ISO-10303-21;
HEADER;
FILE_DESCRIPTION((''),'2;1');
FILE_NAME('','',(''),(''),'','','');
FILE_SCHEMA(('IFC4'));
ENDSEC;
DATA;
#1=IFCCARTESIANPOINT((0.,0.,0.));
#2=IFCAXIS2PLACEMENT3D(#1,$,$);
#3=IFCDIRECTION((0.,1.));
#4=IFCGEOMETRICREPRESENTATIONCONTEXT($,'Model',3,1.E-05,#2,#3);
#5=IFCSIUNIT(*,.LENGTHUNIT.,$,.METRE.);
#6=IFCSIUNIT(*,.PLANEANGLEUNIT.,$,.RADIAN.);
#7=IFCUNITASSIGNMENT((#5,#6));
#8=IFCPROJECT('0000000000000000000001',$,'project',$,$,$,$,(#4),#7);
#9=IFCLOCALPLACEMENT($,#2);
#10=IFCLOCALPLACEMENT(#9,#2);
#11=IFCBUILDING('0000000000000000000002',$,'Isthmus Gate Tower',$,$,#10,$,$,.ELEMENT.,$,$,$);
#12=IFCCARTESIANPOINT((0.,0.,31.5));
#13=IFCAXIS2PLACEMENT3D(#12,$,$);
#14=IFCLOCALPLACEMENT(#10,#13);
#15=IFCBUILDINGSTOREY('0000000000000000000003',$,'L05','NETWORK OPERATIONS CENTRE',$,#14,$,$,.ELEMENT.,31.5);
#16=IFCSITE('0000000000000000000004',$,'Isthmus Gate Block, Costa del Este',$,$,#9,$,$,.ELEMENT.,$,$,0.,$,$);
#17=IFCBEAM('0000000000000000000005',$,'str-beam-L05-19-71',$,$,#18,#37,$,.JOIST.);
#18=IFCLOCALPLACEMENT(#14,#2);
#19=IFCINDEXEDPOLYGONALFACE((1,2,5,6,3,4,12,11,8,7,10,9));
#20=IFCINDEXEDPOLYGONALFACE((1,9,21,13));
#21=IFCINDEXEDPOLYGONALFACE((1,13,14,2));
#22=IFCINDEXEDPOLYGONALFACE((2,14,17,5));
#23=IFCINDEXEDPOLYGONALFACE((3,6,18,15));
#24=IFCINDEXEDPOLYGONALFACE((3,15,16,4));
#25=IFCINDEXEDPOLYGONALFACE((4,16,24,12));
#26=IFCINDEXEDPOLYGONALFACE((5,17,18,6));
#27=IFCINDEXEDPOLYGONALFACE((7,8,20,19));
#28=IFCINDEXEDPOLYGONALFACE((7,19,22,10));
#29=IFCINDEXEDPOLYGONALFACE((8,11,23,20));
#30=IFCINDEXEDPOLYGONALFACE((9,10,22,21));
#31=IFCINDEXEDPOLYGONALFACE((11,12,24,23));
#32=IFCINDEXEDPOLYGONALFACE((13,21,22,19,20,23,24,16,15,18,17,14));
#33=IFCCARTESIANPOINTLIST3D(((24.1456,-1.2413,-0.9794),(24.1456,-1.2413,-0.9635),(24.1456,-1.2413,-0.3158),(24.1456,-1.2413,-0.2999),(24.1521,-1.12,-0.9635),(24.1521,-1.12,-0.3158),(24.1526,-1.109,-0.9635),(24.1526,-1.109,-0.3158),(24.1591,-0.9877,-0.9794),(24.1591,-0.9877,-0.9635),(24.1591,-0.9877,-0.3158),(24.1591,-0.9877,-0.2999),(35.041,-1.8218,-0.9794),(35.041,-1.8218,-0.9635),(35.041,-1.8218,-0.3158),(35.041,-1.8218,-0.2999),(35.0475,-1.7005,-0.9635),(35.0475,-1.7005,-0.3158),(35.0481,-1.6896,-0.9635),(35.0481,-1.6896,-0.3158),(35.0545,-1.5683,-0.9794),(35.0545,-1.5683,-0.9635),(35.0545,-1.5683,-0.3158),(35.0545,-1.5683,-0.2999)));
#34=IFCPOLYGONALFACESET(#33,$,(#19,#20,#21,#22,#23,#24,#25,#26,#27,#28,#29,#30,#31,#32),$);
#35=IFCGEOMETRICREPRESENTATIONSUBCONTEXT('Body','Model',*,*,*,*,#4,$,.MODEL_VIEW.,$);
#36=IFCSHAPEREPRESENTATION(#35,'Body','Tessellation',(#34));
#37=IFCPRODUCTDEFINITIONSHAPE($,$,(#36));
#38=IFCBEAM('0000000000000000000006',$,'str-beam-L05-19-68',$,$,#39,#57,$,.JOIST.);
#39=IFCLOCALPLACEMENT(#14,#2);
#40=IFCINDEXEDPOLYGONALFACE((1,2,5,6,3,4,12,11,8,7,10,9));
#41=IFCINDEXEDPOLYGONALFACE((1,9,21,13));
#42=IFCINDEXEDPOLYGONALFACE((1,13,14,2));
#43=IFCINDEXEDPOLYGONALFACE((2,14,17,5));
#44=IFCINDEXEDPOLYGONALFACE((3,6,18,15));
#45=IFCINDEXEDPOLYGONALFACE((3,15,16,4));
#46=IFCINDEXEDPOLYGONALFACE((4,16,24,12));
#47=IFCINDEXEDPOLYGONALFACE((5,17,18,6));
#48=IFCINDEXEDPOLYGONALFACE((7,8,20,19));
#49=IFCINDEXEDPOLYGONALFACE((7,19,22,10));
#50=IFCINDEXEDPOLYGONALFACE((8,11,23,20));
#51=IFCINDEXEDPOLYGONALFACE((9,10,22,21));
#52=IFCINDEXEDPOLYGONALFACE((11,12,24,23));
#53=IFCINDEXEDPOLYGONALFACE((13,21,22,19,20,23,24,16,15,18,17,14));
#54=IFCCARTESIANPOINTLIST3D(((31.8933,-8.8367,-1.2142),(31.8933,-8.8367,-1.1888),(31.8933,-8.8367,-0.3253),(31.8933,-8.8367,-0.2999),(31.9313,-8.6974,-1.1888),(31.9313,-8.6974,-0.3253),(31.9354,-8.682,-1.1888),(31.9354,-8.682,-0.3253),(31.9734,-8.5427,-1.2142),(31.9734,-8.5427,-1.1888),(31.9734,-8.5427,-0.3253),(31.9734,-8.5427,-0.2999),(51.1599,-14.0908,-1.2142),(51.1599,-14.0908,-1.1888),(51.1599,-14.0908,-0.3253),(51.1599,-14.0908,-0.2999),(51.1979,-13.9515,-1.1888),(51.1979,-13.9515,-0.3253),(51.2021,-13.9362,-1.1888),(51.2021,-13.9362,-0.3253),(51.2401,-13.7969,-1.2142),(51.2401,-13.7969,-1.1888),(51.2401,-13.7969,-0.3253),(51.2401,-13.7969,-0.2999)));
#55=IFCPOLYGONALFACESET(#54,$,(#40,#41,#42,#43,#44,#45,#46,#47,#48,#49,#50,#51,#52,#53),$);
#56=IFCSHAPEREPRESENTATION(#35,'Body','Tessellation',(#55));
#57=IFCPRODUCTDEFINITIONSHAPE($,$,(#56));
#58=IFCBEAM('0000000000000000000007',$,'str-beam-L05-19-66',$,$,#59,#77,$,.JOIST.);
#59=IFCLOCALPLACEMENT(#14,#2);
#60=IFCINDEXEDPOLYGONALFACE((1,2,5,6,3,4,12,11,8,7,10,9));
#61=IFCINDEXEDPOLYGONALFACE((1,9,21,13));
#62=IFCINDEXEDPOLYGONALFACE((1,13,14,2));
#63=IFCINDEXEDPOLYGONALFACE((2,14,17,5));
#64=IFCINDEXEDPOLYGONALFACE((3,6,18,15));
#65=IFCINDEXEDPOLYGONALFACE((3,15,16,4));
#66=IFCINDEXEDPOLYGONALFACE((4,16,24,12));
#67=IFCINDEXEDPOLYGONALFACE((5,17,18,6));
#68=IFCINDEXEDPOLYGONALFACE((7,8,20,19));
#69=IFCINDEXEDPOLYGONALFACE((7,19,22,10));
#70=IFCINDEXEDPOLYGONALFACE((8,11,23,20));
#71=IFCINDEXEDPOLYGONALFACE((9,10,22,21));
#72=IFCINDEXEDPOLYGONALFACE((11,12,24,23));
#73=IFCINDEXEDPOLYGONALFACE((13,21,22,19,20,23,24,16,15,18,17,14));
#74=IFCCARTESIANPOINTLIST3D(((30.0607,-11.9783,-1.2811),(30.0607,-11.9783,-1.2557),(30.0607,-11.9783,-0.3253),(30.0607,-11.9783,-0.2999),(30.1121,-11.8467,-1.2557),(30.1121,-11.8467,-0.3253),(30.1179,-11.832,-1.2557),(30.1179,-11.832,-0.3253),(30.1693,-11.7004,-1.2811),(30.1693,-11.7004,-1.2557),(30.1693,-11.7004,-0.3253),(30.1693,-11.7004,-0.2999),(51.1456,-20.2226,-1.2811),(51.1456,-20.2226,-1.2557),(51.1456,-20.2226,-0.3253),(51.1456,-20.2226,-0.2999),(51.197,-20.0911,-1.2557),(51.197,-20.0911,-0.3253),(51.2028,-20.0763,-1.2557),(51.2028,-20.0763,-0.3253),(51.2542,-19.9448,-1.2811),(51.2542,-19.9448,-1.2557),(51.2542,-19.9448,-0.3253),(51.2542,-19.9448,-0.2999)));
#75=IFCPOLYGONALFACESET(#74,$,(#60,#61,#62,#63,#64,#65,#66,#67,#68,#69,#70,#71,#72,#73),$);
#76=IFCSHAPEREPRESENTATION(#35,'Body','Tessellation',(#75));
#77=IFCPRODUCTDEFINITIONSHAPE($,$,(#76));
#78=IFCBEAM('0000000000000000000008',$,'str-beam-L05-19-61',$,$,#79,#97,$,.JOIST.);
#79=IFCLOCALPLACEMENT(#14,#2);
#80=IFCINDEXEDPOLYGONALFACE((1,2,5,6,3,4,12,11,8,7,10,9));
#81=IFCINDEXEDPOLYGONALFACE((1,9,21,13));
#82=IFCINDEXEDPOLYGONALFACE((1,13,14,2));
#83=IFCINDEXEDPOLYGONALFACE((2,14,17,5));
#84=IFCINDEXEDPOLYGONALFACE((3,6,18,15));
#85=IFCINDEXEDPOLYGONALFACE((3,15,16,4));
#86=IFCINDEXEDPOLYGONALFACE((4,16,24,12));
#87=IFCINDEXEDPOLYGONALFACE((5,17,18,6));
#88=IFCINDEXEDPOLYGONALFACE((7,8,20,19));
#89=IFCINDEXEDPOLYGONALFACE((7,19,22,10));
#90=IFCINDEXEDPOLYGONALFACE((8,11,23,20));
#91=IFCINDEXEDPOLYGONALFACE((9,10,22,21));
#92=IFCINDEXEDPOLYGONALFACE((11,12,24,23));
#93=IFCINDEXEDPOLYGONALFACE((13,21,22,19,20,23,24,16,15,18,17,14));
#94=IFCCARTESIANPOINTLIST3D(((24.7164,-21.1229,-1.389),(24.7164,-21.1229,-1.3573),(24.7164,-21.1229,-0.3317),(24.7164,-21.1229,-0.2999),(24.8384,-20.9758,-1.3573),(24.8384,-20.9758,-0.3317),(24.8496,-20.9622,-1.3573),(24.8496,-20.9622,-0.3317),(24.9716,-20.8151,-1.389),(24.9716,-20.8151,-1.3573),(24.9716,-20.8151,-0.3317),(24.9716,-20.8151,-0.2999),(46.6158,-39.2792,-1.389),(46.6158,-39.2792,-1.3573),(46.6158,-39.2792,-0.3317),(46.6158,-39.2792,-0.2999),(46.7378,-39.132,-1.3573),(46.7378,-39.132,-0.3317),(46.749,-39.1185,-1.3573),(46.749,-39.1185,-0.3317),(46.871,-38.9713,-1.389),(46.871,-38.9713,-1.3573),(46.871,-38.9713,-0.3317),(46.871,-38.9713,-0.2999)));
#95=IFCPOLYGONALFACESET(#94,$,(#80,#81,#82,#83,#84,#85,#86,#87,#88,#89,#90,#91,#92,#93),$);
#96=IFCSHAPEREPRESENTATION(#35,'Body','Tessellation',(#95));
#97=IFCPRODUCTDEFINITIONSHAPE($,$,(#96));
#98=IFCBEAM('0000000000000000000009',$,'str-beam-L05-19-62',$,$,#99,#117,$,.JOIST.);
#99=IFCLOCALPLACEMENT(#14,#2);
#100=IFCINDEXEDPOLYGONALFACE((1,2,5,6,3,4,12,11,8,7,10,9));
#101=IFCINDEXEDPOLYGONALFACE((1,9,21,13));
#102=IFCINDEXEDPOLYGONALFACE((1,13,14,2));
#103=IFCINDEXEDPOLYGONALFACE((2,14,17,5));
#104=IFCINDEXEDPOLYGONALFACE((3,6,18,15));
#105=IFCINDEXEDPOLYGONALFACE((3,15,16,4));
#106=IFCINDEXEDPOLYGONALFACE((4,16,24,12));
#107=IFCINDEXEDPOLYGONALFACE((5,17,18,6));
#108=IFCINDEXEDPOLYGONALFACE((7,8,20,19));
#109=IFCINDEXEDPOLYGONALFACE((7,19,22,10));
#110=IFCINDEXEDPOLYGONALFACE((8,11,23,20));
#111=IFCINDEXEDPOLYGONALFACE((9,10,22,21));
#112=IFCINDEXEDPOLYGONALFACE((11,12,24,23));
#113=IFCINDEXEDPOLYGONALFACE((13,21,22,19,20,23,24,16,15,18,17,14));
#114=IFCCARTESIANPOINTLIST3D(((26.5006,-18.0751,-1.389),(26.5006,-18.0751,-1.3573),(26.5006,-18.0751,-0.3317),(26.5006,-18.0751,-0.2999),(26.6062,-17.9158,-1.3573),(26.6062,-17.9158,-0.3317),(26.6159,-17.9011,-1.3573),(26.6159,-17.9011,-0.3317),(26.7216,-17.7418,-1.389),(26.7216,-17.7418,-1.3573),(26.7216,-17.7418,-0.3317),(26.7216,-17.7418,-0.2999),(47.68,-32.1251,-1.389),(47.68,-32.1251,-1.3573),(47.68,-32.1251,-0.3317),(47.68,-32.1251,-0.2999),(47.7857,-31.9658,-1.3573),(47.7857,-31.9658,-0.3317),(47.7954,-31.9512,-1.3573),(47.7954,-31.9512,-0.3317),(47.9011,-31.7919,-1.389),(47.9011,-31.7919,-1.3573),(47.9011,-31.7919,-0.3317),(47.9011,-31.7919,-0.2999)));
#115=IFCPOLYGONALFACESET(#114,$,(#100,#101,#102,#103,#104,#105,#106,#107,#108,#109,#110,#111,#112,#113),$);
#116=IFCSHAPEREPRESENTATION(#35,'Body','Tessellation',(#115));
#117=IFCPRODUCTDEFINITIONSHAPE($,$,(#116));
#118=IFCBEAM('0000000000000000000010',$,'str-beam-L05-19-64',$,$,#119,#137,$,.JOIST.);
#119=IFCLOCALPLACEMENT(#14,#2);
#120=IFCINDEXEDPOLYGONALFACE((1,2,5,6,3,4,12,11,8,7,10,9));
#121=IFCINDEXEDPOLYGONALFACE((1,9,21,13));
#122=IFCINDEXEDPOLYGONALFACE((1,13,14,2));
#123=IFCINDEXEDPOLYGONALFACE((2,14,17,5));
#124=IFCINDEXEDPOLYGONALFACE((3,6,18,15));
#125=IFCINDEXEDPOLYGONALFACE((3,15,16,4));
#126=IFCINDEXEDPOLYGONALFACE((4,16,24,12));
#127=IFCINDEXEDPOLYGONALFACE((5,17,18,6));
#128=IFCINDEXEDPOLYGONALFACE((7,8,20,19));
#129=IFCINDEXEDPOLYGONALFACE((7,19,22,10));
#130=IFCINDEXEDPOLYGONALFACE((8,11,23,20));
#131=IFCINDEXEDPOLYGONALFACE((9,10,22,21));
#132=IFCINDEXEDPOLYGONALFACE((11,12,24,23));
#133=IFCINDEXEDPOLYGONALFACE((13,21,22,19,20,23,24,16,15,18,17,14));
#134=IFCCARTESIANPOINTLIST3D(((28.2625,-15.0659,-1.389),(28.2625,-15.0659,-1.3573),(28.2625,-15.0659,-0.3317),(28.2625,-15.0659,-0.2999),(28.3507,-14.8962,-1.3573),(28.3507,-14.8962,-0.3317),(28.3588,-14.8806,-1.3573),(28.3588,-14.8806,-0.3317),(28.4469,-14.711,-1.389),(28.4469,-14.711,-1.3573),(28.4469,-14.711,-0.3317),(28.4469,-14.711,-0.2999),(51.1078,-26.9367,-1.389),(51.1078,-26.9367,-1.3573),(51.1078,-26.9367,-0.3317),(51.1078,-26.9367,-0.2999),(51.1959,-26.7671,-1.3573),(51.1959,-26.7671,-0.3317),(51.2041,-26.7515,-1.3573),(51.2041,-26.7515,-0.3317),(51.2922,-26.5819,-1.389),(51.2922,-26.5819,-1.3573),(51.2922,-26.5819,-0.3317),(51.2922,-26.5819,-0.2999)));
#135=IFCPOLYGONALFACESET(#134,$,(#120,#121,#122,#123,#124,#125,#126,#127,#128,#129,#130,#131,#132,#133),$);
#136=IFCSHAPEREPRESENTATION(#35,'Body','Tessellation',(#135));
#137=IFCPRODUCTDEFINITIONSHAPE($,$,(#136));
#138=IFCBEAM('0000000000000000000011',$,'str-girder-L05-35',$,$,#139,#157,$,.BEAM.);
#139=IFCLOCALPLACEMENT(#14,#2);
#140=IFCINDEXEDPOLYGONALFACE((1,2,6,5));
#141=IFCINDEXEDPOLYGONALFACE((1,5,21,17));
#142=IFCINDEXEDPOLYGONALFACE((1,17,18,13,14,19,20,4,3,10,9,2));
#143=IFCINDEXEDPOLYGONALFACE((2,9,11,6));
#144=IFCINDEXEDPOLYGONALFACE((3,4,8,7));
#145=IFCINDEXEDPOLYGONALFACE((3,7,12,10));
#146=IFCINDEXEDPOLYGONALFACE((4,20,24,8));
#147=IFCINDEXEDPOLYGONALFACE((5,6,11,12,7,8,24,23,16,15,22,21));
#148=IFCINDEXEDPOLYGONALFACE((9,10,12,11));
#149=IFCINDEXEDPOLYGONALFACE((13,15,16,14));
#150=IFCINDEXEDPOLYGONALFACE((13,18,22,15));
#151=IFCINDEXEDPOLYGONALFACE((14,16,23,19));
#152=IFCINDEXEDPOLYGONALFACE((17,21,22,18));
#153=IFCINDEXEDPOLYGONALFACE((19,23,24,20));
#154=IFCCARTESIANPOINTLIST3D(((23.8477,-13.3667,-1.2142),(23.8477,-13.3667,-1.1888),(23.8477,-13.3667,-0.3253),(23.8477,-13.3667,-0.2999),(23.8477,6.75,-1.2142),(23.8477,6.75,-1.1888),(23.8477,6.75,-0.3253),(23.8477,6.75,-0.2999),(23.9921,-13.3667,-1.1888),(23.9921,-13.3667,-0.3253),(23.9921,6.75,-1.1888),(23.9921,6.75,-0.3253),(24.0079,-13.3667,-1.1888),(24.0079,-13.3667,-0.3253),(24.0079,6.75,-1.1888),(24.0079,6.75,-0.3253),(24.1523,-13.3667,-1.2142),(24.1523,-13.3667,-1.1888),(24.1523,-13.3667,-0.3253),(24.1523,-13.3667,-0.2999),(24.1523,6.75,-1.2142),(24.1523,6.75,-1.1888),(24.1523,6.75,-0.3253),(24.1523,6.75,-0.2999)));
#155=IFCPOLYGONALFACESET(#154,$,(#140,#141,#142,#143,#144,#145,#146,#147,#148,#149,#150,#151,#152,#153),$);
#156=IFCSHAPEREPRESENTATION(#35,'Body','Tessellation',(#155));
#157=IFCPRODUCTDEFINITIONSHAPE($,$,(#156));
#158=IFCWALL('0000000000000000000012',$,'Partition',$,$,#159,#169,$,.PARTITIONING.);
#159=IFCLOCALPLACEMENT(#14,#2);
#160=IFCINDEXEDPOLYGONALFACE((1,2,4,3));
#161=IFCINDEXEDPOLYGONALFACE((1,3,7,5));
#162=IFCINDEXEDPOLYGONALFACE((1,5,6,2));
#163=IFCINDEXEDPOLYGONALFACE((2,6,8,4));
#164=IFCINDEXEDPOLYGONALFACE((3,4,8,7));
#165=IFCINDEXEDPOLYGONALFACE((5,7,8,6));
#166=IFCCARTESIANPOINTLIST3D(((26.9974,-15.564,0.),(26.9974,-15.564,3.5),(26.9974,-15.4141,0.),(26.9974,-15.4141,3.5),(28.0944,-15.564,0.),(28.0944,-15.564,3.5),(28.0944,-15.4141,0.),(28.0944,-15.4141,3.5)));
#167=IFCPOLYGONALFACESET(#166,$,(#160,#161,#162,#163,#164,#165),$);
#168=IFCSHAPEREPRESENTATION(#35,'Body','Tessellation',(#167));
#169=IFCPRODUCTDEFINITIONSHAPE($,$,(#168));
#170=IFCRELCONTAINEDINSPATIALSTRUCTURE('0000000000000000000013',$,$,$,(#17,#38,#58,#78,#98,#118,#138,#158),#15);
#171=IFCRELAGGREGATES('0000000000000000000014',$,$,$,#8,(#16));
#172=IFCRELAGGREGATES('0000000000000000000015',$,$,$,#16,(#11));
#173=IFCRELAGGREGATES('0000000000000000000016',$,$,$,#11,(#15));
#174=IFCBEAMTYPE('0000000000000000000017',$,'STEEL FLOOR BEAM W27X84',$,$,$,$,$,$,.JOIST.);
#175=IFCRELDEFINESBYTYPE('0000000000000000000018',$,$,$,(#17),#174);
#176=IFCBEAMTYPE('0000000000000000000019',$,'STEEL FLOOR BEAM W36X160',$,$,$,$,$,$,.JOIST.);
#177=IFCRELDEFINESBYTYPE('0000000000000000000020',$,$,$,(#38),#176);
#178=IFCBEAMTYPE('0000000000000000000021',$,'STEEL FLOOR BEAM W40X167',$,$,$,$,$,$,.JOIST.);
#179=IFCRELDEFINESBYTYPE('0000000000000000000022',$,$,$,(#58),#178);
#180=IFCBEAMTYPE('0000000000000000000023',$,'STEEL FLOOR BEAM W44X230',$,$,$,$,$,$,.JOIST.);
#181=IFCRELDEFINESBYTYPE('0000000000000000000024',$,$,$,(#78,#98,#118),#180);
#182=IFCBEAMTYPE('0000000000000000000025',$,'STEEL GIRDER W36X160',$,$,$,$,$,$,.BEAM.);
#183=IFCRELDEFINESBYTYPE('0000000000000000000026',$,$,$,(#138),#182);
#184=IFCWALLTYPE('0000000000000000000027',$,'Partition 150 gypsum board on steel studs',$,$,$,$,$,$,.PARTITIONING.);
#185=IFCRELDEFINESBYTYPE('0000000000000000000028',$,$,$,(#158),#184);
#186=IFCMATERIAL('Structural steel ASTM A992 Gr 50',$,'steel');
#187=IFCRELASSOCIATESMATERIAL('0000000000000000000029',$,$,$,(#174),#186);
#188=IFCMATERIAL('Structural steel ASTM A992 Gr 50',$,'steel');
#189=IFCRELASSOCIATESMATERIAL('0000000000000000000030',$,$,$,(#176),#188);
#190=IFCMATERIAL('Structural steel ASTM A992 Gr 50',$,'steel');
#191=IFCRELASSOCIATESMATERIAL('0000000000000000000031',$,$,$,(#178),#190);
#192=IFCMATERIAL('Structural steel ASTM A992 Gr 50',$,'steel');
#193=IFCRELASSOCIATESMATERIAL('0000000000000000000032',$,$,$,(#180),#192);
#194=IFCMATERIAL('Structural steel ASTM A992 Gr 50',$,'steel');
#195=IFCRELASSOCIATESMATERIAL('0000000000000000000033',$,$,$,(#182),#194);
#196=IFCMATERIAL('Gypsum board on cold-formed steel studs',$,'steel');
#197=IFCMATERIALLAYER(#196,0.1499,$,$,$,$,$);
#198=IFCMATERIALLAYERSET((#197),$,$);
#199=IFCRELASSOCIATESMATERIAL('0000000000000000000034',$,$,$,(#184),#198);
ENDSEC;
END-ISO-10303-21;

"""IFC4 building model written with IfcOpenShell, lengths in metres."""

from ifc_helpers import new_model, si_unit, direction, frame, frame_2d, origin, origin_2d, place, context, subcontext, project, spatial, rectangle, i_section, extrude, material, layer, layer_set, material_profile, profile_set, type_object, element, save


model = new_model("IFC4")

# Units and contexts
model_context = context("Model", 3, precision=1e-05, world=origin(), true_north=direction((0.0, 1.0)))
body_context = subcontext(model_context, "Body", "Model", "MODEL_VIEW")
ifc_project = project(units=[si_unit("LENGTHUNIT", "METRE"), si_unit("PLANEANGLEUNIT", "RADIAN")], contexts=[model_context])

# Site, building, storey
site_placement = place(None, origin())
site = spatial("IfcSite", under=ifc_project, at=site_placement, Name="Isthmus Gate Block, Costa del Este", CompositionType="ELEMENT", RefElevation=0.0)
building_placement = place(site_placement, origin())
building = spatial("IfcBuilding", under=site, at=building_placement, Name="Isthmus Gate Tower", CompositionType="ELEMENT")
storey_placement = place(building_placement, frame((0.0, 0.0, 31.5)))
storey = spatial("IfcBuildingStorey", under=building, at=storey_placement, Name="L05", Description="NETWORK OPERATIONS CENTRE", CompositionType="ELEMENT", Elevation=31.5)

# Beams
ifc_material_1 = material(Name="Structural steel ASTM A992 Gr 50", Category="steel")
ifc_material_profile_1 = material_profile(ifc_material_1, i_section(OverallWidth=0.2539, OverallDepth=0.6794, WebThickness=0.011, FlangeThickness=0.0159, at=origin_2d()), Name="W27X84")
ifc_profile_set_1 = profile_set([ifc_material_profile_1], Name="Structural steel ASTM A992 Gr 50")
beam_type_1 = type_object("IfcBeamType", Name="STEEL FLOOR BEAM W27X84", PredefinedType="JOIST", material=ifc_profile_set_1)
beam_1_placement = place(storey_placement, frame((24.1523, -1.1145, -0.6396), z_axis=(0.998583, -0.053209, 0.0), x_axis=(0.053209, 0.998583, 0.0)))
element("IfcBeam", 1, at=beam_1_placement, inside=storey, type_object=beam_type_1, Name="str-beam-L05-19-71", PredefinedType="JOIST", context=body_context, shape_type="SweptSolid", body=[
    extrude(i_section(OverallWidth=0.2539, OverallDepth=0.6794, WebThickness=0.011, FlangeThickness=0.0159, at=origin_2d()), origin(), (0.0, 0.0, 1.0), 10.9109),
])
ifc_material_2 = material(Name="Structural steel ASTM A992 Gr 50", Category="steel")
ifc_material_profile_2 = material_profile(ifc_material_2, i_section(OverallWidth=0.3047, OverallDepth=0.9143, WebThickness=0.0159, FlangeThickness=0.0254, at=origin_2d()), Name="W36X160")
ifc_profile_set_2 = profile_set([ifc_material_profile_2], Name="Structural steel ASTM A992 Gr 50")
beam_type_2 = type_object("IfcBeamType", Name="STEEL FLOOR BEAM W36X160", PredefinedType="JOIST", material=ifc_profile_set_2)
beam_2_placement = place(storey_placement, frame((31.9333, -8.6897, -0.7571), z_axis=(0.964769, -0.2631, 0.0), x_axis=(0.2631, 0.964769, 0.0)))
element("IfcBeam", 2, at=beam_2_placement, inside=storey, type_object=beam_type_2, Name="str-beam-L05-19-68", PredefinedType="JOIST", context=body_context, shape_type="SweptSolid", body=[
    extrude(i_section(OverallWidth=0.3047, OverallDepth=0.9143, WebThickness=0.0159, FlangeThickness=0.0254, at=origin_2d()), origin(), (0.0, 0.0, 1.0), 19.9702),
])
ifc_material_3 = material(Name="Structural steel ASTM A992 Gr 50", Category="steel")
ifc_material_profile_3 = material_profile(ifc_material_3, i_section(OverallWidth=0.2983, OverallDepth=0.9812, WebThickness=0.0159, FlangeThickness=0.0254, at=origin_2d()), Name="W40X167")
ifc_profile_set_3 = profile_set([ifc_material_profile_3], Name="Structural steel ASTM A992 Gr 50")
beam_type_3 = type_object("IfcBeamType", Name="STEEL FLOOR BEAM W40X167", PredefinedType="JOIST", material=ifc_profile_set_3)
beam_3_placement = place(storey_placement, frame((30.115, -11.8394, -0.7905), z_axis=(0.931336, -0.36416, 0.0), x_axis=(0.36416, 0.931336, 0.0)))
element("IfcBeam", 3, at=beam_3_placement, inside=storey, type_object=beam_type_3, Name="str-beam-L05-19-66", PredefinedType="JOIST", context=body_context, shape_type="SweptSolid", body=[
    extrude(i_section(OverallWidth=0.2983, OverallDepth=0.9812, WebThickness=0.0159, FlangeThickness=0.0254, at=origin_2d()), origin(), (0.0, 0.0, 1.0), 22.6394),
])
ifc_material_4 = material(Name="Structural steel ASTM A992 Gr 50", Category="steel")
ifc_material_profile_4 = material_profile(ifc_material_4, i_section(OverallWidth=0.3999, OverallDepth=1.0891, WebThickness=0.0176, FlangeThickness=0.0317, at=origin_2d()), Name="W44X230")
ifc_profile_set_4 = profile_set([ifc_material_profile_4], Name="Structural steel ASTM A992 Gr 50")
beam_type_4 = type_object("IfcBeamType", Name="STEEL FLOOR BEAM W44X230", PredefinedType="JOIST", material=ifc_profile_set_4)
beam_4_placement = place(storey_placement, frame((24.844, -20.969, -0.8445), z_axis=(0.769831, -0.638248, 0.0), x_axis=(0.638248, 0.769831, 0.0)))
element("IfcBeam", 4, at=beam_4_placement, inside=storey, type_object=beam_type_4, Name="str-beam-L05-19-61", PredefinedType="JOIST", context=body_context, shape_type="SweptSolid", body=[
    extrude(i_section(OverallWidth=0.3999, OverallDepth=1.0891, WebThickness=0.0176, FlangeThickness=0.0317, at=origin_2d()), origin(), (0.0, 0.0, 1.0), 28.447),
])
beam_5_placement = place(storey_placement, frame((26.6111, -17.9084, -0.8445), z_axis=(0.833312, -0.552803, 0.0), x_axis=(0.552803, 0.833312, 0.0)))
element("IfcBeam", 5, at=beam_5_placement, inside=storey, type_object=beam_type_4, Name="str-beam-L05-19-62", PredefinedType="JOIST", context=body_context, shape_type="SweptSolid", body=[
    extrude(i_section(OverallWidth=0.3999, OverallDepth=1.0891, WebThickness=0.0176, FlangeThickness=0.0317, at=origin_2d()), origin(), (0.0, 0.0, 1.0), 25.416),
])
beam_6_placement = place(storey_placement, frame((28.3547, -14.8884, -0.8445), z_axis=(0.887354, -0.461088, 0.0), x_axis=(0.461088, 0.887354, 0.0)))
element("IfcBeam", 6, at=beam_6_placement, inside=storey, type_object=beam_type_4, Name="str-beam-L05-19-64", PredefinedType="JOIST", context=body_context, shape_type="SweptSolid", body=[
    extrude(i_section(OverallWidth=0.3999, OverallDepth=1.0891, WebThickness=0.0176, FlangeThickness=0.0317, at=origin_2d()), origin(), (0.0, 0.0, 1.0), 25.7454),
])
ifc_material_5 = material(Name="Structural steel ASTM A992 Gr 50", Category="steel")
ifc_material_profile_5 = material_profile(ifc_material_5, i_section(OverallWidth=0.3047, OverallDepth=0.9143, WebThickness=0.0159, FlangeThickness=0.0254, at=origin_2d()), Name="W36X160")
ifc_profile_set_5 = profile_set([ifc_material_profile_5], Name="Structural steel ASTM A992 Gr 50")
beam_type_5 = type_object("IfcBeamType", Name="STEEL GIRDER W36X160", PredefinedType="BEAM", material=ifc_profile_set_5)
beam_7_placement = place(storey_placement, frame((24.0, -13.3667, -0.7571), z_axis=(0.0, 1.0, 0.0), x_axis=(-1.0, 0.0, 0.0)))
element("IfcBeam", 7, at=beam_7_placement, inside=storey, type_object=beam_type_5, Name="str-girder-L05-35", PredefinedType="BEAM", context=body_context, shape_type="SweptSolid", body=[
    extrude(i_section(OverallWidth=0.3047, OverallDepth=0.9143, WebThickness=0.0159, FlangeThickness=0.0254, at=origin_2d()), origin(), (0.0, 0.0, 1.0), 20.1167),
])

# Wall
ifc_material_6 = material(Name="Gypsum board on cold-formed steel studs", Category="steel")
ifc_layer = layer(ifc_material_6, 0.1499)
ifc_layer_set = layer_set([ifc_layer])
wall_type = type_object("IfcWallType", Name="Partition 150 gypsum board on steel studs", PredefinedType="PARTITIONING", material=ifc_layer_set)
wall_1_placement = place(storey_placement, frame((26.9976, -15.489, 0.0), z_axis=(0.0, 0.0, 1.0), x_axis=(1.0, 0.0, 0.0)))
element("IfcWall", 8, at=wall_1_placement, inside=storey, type_object=wall_type, Name="Partition", PredefinedType="PARTITIONING", context=body_context, shape_type="SweptSolid", body=[
    extrude(rectangle(XDim=1.0969, YDim=0.1499, at=frame_2d((0.5483, 0.0))), origin(), (0.0, 0.0, 1.0), 3.5),
])

save(model, "model.ifc")
